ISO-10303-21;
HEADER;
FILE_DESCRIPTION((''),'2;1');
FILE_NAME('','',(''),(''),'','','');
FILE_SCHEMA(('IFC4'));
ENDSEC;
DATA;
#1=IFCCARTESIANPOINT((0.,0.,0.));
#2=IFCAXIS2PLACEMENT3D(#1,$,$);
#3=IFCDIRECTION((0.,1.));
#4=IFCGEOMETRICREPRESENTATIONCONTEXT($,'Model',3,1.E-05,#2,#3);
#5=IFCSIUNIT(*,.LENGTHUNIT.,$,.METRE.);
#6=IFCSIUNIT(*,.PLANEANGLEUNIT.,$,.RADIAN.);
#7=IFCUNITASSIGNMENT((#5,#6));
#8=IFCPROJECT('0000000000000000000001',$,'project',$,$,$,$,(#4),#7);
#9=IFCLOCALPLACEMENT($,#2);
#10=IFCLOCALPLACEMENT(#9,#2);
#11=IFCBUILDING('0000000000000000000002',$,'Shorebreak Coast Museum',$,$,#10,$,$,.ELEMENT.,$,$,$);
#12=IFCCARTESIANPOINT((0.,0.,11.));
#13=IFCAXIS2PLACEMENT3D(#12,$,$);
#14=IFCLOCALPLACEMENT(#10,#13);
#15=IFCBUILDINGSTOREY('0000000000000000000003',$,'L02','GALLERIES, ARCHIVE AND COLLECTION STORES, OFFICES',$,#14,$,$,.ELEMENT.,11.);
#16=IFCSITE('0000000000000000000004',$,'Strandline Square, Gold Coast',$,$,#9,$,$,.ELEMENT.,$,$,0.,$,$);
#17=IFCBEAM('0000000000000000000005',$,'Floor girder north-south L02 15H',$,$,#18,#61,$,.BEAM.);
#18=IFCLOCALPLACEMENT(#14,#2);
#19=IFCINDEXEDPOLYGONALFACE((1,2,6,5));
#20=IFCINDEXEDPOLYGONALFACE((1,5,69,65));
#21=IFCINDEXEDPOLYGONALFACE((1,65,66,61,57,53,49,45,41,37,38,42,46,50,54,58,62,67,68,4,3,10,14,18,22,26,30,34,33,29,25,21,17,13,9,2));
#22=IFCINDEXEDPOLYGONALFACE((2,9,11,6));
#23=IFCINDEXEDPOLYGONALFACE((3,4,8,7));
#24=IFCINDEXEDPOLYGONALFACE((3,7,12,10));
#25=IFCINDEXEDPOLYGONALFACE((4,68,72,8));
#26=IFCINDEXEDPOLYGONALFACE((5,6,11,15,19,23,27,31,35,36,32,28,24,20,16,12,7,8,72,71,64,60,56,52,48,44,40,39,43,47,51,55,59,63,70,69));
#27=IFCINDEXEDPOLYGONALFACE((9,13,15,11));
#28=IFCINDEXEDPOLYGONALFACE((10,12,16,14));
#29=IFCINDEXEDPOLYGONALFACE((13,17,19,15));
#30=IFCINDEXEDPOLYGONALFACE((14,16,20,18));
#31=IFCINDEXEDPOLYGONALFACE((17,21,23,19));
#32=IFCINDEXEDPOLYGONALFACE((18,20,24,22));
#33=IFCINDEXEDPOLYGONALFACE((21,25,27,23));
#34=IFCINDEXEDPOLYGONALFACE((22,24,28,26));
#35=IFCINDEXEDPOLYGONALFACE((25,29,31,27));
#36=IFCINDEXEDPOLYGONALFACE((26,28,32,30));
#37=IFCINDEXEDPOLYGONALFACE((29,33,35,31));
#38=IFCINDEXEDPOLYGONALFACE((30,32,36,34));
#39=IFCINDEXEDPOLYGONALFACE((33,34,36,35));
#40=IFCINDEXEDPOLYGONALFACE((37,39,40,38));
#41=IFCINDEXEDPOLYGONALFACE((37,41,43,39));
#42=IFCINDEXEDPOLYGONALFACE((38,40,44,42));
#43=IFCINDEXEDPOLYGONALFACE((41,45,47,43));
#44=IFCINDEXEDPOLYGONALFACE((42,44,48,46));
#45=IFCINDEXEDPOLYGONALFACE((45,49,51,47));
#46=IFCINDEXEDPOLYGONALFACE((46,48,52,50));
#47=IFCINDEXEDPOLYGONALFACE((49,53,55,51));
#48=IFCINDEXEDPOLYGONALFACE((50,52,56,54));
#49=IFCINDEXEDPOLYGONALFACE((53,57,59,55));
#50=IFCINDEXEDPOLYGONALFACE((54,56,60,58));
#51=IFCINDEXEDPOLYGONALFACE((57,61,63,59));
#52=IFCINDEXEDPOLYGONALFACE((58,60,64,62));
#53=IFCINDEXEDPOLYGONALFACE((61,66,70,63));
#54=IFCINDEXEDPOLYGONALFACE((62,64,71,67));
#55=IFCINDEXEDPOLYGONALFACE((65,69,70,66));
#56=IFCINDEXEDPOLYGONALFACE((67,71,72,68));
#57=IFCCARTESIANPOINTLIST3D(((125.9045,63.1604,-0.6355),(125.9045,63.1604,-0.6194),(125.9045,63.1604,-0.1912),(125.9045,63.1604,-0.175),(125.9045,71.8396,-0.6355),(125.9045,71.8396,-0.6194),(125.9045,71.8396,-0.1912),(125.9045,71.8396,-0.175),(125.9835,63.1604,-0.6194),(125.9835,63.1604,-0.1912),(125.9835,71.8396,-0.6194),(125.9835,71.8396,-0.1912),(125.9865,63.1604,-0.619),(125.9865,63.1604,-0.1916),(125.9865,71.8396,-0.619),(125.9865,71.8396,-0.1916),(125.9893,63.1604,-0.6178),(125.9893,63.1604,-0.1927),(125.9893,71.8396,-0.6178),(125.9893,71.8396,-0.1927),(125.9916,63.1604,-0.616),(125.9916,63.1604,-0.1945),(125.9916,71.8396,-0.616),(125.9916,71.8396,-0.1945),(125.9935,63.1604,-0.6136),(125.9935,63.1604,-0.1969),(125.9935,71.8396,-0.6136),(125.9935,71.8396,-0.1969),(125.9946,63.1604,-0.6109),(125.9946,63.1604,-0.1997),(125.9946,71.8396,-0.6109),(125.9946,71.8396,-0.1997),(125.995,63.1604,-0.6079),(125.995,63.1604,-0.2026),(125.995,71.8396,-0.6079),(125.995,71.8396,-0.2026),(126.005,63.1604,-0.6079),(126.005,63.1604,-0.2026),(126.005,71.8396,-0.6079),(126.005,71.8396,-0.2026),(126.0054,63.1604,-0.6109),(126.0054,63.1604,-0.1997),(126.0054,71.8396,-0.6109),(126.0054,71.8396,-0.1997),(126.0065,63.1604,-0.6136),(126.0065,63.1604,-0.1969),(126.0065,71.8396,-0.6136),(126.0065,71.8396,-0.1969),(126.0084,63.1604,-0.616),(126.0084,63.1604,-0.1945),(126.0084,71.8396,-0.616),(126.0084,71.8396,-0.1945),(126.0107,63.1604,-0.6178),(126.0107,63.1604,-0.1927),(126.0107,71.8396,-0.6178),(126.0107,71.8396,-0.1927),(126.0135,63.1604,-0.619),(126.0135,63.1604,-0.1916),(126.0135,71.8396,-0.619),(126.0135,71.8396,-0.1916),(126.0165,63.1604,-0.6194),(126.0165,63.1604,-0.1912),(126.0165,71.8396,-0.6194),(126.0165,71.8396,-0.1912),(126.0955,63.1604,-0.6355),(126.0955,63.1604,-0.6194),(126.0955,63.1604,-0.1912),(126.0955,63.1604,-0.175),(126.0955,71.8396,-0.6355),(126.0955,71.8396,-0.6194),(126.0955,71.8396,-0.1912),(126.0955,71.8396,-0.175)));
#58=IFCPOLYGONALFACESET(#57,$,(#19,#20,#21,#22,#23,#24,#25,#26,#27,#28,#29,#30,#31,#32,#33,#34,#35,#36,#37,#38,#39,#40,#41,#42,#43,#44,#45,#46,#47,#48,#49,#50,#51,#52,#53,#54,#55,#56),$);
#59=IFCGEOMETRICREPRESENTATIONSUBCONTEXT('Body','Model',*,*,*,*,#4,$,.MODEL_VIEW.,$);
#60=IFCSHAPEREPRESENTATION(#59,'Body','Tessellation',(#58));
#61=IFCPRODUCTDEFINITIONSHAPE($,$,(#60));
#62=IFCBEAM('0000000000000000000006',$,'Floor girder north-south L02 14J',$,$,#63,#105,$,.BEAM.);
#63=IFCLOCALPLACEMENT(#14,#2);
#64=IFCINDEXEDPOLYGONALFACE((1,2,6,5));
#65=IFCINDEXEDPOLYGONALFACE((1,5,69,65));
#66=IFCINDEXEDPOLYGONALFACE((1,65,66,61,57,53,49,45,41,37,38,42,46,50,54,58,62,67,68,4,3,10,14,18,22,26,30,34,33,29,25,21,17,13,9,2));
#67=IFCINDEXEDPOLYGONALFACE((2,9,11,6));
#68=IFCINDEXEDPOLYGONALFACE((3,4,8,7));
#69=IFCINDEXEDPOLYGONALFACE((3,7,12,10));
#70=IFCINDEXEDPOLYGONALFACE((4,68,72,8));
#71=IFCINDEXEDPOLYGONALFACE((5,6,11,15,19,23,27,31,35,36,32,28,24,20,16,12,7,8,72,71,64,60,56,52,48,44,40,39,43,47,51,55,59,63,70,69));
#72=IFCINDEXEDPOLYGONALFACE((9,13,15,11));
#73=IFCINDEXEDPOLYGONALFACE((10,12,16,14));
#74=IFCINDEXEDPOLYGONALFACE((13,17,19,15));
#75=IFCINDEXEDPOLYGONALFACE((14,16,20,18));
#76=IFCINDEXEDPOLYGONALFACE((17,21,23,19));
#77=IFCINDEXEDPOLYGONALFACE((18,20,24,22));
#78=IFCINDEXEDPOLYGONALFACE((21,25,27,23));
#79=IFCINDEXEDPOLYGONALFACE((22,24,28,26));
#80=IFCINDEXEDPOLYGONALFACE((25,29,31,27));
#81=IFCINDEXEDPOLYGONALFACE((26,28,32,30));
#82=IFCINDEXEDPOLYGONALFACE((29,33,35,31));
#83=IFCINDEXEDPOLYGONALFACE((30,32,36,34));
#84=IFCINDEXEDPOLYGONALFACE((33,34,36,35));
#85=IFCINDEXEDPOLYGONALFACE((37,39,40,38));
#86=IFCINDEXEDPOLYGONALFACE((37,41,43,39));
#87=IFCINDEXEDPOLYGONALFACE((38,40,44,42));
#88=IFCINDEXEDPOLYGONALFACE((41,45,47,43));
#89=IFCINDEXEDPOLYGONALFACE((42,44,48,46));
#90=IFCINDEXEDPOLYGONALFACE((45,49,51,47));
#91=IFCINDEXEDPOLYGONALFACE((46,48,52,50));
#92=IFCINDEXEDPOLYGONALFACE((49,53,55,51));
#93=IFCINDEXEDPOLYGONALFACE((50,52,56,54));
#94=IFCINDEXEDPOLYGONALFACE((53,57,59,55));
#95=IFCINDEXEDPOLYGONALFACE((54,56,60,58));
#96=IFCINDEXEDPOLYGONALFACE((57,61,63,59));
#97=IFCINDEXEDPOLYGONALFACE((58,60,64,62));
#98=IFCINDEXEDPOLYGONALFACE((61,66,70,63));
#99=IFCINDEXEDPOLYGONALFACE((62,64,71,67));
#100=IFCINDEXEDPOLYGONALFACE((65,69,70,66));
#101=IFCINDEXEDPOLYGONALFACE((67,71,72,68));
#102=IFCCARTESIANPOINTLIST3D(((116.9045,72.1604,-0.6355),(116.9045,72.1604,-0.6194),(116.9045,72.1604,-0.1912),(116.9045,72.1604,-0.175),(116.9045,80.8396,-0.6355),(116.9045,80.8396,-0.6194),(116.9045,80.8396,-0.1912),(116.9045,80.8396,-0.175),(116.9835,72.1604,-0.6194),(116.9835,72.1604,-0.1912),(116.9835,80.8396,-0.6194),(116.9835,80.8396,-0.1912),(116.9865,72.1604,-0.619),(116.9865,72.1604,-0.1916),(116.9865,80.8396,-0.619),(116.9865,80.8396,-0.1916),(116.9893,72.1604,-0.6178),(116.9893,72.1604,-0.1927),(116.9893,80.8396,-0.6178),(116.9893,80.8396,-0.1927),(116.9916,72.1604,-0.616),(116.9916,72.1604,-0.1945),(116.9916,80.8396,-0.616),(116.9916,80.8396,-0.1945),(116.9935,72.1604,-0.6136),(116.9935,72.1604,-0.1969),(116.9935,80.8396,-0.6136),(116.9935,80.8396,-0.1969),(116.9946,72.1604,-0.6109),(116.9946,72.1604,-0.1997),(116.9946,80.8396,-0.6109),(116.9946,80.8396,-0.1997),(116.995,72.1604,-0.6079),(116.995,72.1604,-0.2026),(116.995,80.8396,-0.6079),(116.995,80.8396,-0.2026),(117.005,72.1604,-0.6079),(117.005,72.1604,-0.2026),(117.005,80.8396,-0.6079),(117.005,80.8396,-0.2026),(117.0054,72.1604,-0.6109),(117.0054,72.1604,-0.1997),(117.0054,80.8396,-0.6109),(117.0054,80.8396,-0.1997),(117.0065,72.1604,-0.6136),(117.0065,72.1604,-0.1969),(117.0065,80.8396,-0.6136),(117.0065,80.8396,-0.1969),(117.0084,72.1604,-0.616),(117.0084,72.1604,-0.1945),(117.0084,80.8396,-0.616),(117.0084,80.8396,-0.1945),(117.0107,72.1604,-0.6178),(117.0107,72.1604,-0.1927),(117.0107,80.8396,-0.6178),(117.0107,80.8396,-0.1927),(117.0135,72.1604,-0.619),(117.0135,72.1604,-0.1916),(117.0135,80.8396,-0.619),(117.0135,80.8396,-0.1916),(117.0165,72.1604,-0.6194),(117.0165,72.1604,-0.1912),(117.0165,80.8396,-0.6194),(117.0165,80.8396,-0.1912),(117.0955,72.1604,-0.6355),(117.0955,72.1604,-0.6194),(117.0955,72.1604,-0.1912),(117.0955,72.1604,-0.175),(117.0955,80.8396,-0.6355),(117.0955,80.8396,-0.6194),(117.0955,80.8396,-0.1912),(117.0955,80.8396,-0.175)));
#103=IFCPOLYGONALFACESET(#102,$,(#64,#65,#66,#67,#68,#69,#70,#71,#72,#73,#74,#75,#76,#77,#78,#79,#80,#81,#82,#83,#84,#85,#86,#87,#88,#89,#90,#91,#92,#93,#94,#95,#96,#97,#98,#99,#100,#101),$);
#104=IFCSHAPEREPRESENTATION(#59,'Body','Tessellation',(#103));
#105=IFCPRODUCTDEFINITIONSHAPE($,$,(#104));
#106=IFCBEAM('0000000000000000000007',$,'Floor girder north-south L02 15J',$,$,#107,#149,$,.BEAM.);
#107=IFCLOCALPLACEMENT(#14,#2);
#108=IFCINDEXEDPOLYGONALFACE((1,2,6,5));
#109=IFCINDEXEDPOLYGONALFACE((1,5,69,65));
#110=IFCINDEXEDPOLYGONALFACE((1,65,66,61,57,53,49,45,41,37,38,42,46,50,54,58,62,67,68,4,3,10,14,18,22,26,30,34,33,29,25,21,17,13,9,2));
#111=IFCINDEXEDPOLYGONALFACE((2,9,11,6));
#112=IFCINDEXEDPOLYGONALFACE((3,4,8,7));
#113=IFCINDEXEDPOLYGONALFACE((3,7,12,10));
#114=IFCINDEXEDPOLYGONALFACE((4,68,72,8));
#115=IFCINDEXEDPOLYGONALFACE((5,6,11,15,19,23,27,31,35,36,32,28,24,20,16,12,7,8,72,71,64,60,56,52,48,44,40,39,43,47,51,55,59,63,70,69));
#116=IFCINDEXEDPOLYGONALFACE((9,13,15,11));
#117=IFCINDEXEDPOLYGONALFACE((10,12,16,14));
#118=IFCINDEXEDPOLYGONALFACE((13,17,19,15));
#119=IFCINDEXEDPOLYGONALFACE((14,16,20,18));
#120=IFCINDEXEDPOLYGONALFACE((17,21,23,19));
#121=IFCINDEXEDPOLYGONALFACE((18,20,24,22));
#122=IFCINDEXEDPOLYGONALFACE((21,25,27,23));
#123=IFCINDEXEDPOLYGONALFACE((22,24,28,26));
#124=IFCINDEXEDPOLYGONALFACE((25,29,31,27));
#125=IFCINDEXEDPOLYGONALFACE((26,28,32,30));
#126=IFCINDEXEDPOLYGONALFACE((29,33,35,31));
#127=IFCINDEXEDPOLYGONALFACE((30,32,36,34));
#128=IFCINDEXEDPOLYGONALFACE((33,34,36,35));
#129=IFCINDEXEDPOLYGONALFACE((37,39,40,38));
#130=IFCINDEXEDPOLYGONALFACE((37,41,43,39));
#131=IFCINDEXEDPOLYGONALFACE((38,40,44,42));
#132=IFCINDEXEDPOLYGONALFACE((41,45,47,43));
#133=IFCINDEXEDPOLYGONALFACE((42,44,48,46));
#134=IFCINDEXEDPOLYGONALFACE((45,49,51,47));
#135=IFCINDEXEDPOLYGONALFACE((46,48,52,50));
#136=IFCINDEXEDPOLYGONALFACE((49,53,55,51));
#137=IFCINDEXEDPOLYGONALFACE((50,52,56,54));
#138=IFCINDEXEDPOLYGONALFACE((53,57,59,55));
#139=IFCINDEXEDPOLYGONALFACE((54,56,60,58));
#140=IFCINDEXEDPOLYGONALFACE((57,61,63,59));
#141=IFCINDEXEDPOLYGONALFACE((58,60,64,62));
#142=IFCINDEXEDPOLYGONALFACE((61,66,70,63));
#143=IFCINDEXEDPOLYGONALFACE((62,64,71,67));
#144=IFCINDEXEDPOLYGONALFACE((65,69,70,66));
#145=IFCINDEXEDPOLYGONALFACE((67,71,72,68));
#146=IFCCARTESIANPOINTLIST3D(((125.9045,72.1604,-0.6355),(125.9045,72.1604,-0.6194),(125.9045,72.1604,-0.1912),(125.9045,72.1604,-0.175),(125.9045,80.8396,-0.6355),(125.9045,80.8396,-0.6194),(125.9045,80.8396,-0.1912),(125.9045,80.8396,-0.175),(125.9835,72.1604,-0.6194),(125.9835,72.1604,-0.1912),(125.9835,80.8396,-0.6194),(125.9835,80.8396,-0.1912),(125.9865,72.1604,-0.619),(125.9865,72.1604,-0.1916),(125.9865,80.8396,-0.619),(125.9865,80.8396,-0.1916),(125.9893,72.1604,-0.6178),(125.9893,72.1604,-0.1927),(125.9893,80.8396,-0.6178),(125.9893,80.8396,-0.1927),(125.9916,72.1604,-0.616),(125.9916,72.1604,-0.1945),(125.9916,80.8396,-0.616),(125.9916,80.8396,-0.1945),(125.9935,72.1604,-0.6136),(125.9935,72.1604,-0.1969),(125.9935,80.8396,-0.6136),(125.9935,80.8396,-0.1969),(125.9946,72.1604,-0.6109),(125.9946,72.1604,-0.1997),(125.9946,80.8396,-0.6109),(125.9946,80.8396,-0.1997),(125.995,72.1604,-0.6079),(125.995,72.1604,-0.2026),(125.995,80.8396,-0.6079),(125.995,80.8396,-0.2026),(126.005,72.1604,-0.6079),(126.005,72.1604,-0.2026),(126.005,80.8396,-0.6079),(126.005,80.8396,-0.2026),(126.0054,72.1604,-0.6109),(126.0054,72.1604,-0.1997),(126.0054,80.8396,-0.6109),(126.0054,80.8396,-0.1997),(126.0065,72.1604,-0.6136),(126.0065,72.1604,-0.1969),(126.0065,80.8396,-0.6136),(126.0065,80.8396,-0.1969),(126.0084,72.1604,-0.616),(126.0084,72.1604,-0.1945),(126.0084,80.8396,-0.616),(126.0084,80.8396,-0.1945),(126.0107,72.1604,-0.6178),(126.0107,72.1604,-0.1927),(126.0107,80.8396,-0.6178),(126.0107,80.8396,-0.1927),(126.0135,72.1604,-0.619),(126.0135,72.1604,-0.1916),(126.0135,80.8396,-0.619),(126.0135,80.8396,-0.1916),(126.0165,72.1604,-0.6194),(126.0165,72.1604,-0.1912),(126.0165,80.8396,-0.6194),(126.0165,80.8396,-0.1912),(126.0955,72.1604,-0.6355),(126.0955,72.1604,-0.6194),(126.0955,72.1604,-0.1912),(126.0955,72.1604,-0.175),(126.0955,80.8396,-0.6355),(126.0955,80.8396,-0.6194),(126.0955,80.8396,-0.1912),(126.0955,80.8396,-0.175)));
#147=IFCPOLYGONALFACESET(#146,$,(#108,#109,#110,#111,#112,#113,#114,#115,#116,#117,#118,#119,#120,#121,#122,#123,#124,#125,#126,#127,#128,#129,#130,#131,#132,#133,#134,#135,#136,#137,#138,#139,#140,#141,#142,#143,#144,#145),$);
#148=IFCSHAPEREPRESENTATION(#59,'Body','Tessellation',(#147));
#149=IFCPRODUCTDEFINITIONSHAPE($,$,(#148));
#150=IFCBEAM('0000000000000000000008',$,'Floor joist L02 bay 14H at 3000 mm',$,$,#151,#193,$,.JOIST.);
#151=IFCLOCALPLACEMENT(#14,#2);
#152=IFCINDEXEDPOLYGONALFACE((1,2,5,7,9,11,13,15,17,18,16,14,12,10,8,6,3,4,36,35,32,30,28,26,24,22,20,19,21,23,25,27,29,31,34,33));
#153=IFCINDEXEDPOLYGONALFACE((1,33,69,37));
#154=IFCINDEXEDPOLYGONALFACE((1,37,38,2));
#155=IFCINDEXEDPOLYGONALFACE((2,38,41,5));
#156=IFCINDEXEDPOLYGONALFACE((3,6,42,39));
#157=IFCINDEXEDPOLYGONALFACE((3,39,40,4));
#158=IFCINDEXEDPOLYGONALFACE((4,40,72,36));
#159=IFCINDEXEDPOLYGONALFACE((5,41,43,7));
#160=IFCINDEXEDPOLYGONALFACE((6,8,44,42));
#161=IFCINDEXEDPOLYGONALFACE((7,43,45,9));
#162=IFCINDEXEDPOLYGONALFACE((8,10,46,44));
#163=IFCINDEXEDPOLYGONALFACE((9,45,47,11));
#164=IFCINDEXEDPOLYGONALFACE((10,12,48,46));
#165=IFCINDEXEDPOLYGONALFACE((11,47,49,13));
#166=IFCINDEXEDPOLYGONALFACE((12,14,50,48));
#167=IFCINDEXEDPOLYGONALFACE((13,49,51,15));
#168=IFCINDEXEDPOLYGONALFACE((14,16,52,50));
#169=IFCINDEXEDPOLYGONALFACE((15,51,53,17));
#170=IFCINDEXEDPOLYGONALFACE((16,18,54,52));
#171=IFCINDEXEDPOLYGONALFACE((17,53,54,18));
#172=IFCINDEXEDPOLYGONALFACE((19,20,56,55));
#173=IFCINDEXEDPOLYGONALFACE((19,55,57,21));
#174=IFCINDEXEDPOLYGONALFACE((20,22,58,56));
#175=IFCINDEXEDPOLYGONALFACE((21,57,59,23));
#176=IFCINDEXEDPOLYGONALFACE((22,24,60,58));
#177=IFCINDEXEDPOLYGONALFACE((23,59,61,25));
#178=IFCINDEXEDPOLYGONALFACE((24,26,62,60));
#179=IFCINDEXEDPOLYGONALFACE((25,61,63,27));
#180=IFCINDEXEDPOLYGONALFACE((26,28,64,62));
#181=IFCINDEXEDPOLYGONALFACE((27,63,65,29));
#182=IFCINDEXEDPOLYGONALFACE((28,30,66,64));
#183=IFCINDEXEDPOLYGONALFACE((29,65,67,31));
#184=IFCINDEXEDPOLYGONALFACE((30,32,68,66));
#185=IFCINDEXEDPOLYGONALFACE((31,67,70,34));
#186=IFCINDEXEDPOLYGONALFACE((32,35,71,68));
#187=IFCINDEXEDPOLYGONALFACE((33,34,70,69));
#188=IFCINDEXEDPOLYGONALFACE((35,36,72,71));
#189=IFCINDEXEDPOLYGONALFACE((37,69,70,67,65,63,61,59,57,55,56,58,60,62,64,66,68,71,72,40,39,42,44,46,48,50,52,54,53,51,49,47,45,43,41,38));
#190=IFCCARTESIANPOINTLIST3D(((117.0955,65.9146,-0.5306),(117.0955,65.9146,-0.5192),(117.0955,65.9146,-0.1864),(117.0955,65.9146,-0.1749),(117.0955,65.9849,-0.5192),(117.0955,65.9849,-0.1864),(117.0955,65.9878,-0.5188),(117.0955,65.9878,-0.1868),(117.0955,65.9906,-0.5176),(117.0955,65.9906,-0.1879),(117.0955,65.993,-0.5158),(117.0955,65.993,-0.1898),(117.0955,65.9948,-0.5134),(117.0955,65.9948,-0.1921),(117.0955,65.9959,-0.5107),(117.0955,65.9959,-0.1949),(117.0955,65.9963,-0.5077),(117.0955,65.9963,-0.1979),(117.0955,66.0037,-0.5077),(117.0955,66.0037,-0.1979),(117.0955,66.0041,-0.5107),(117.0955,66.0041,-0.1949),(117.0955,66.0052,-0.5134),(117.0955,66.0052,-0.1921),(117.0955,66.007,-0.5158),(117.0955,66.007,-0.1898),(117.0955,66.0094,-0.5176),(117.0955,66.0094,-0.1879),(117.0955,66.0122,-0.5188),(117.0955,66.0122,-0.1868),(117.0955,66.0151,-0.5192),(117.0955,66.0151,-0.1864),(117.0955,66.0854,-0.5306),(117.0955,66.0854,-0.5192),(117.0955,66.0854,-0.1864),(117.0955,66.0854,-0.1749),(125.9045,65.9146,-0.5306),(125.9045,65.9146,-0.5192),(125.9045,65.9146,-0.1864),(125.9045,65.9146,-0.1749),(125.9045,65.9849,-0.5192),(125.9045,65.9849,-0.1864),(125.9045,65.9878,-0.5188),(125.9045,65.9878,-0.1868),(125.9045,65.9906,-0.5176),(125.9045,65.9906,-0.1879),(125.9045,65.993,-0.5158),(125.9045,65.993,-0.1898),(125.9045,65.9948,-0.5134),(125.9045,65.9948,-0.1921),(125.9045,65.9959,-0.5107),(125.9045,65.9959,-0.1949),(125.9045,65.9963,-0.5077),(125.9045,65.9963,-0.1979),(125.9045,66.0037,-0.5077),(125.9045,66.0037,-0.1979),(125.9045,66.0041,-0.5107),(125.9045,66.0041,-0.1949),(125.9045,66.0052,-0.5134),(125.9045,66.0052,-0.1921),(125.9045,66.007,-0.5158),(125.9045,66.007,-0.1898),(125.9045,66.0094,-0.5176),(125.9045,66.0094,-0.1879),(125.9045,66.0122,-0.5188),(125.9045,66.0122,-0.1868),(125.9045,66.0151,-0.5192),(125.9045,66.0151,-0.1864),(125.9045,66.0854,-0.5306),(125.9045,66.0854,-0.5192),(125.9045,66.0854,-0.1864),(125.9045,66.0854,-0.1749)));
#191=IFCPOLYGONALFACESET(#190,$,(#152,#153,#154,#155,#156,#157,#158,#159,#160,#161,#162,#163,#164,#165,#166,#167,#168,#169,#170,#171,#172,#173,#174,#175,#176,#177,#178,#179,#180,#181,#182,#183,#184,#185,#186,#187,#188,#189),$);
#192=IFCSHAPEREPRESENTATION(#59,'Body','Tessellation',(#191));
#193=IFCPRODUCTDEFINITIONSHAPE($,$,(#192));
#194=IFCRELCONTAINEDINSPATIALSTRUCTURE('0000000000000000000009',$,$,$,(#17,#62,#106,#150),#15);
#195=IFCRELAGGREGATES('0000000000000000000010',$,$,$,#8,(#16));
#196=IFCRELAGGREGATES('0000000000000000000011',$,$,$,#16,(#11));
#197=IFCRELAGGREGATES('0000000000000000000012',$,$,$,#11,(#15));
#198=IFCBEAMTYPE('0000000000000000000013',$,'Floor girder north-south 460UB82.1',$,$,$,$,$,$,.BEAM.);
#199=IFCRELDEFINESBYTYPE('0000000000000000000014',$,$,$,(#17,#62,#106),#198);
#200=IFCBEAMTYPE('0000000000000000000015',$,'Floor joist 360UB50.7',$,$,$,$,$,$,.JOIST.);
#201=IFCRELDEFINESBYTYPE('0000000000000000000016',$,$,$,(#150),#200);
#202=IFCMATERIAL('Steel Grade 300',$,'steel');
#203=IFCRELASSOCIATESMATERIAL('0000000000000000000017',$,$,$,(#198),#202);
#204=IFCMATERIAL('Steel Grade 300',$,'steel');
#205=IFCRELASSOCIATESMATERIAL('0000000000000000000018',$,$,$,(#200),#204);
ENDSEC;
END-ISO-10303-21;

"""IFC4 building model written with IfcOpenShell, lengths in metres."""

from ifc_helpers import new_model, si_unit, direction, frame, origin, origin_2d, place, context, subcontext, project, spatial, i_section, extrude, material, material_profile, profile_set, type_object, element, save


model = new_model("IFC4")

# Units and contexts
model_context = context("Model", 3, precision=1e-05, world=origin(), true_north=direction((0.0, 1.0)))
body_context = subcontext(model_context, "Body", "Model", "MODEL_VIEW")
ifc_project = project(units=[si_unit("LENGTHUNIT", "METRE"), si_unit("PLANEANGLEUNIT", "RADIAN")], contexts=[model_context])

# Site, building, storey
site_placement = place(None, origin())
site = spatial("IfcSite", under=ifc_project, at=site_placement, Name="Strandline Square, Gold Coast", CompositionType="ELEMENT", RefElevation=0.0)
building_placement = place(site_placement, origin())
building = spatial("IfcBuilding", under=site, at=building_placement, Name="Shorebreak Coast Museum", CompositionType="ELEMENT")
storey_placement = place(building_placement, frame((0.0, 0.0, 11.0)))
storey = spatial("IfcBuildingStorey", under=building, at=storey_placement, Name="L02", Description="GALLERIES, ARCHIVE AND COLLECTION STORES, OFFICES", CompositionType="ELEMENT", Elevation=11.0)

# Beams
ifc_material_1 = material(Name="Steel Grade 300", Category="steel")
ifc_material_profile_1 = material_profile(ifc_material_1, i_section(OverallWidth=0.1909, OverallDepth=0.4604, WebThickness=0.01, FlangeThickness=0.0161, FilletRadius=0.0115, at=origin_2d()), Name="460UB82.1")
ifc_profile_set_1 = profile_set([ifc_material_profile_1], Name="Steel Grade 300")
beam_type_1 = type_object("IfcBeamType", Name="Floor girder north-south 460UB82.1", PredefinedType="BEAM", material=ifc_profile_set_1)
for number, where, z_axis, x_axis, name in (
    (1, (126.0, 63.1604, -0.4053), (0.0, 1.0, 0.0), (-1.0, 0.0, 0.0), "Floor girder north-south L02 15H"),
    (2, (117.0, 72.1604, -0.4053), (0.0, 1.0, 0.0), (-1.0, 0.0, 0.0), "Floor girder north-south L02 14J"),
    (3, (126.0, 72.1604, -0.4053), (0.0, 1.0, 0.0), (-1.0, 0.0, 0.0), "Floor girder north-south L02 15J"),
):
    element("IfcBeam", number, at=place(storey_placement, frame(where, z_axis=z_axis, x_axis=x_axis)), inside=storey, type_object=beam_type_1, Name=name, PredefinedType="BEAM", context=body_context, shape_type="SweptSolid", body=[
        extrude(i_section(OverallWidth=0.1909, OverallDepth=0.4604, WebThickness=0.01, FlangeThickness=0.0161, FilletRadius=0.0115, at=origin_2d()), origin(), (0.0, 0.0, 1.0), 8.6792),
    ])
ifc_material_2 = material(Name="Steel Grade 300", Category="steel")
ifc_material_profile_2 = material_profile(ifc_material_2, i_section(OverallWidth=0.1709, OverallDepth=0.3557, WebThickness=0.0073, FlangeThickness=0.0115, FilletRadius=0.0115, at=origin_2d()), Name="360UB50.7")
ifc_profile_set_2 = profile_set([ifc_material_profile_2], Name="Steel Grade 300")
beam_type_2 = type_object("IfcBeamType", Name="Floor joist 360UB50.7", PredefinedType="JOIST", material=ifc_profile_set_2)
for number, where, z_axis, x_axis, name in (
    (4, (117.0955, 66.0, -0.3528), (1.0, 0.0, 0.0), (0.0, 1.0, 0.0), "Floor joist L02 bay 14H at 3000 mm"),
):
    element("IfcBeam", number, at=place(storey_placement, frame(where, z_axis=z_axis, x_axis=x_axis)), inside=storey, type_object=beam_type_2, Name=name, PredefinedType="JOIST", context=body_context, shape_type="SweptSolid", body=[
        extrude(i_section(OverallWidth=0.1709, OverallDepth=0.3557, WebThickness=0.0073, FlangeThickness=0.0115, FilletRadius=0.0115, at=origin_2d()), origin(), (0.0, 0.0, 1.0), 8.8091),
    ])

save(model, "model.ifc")
